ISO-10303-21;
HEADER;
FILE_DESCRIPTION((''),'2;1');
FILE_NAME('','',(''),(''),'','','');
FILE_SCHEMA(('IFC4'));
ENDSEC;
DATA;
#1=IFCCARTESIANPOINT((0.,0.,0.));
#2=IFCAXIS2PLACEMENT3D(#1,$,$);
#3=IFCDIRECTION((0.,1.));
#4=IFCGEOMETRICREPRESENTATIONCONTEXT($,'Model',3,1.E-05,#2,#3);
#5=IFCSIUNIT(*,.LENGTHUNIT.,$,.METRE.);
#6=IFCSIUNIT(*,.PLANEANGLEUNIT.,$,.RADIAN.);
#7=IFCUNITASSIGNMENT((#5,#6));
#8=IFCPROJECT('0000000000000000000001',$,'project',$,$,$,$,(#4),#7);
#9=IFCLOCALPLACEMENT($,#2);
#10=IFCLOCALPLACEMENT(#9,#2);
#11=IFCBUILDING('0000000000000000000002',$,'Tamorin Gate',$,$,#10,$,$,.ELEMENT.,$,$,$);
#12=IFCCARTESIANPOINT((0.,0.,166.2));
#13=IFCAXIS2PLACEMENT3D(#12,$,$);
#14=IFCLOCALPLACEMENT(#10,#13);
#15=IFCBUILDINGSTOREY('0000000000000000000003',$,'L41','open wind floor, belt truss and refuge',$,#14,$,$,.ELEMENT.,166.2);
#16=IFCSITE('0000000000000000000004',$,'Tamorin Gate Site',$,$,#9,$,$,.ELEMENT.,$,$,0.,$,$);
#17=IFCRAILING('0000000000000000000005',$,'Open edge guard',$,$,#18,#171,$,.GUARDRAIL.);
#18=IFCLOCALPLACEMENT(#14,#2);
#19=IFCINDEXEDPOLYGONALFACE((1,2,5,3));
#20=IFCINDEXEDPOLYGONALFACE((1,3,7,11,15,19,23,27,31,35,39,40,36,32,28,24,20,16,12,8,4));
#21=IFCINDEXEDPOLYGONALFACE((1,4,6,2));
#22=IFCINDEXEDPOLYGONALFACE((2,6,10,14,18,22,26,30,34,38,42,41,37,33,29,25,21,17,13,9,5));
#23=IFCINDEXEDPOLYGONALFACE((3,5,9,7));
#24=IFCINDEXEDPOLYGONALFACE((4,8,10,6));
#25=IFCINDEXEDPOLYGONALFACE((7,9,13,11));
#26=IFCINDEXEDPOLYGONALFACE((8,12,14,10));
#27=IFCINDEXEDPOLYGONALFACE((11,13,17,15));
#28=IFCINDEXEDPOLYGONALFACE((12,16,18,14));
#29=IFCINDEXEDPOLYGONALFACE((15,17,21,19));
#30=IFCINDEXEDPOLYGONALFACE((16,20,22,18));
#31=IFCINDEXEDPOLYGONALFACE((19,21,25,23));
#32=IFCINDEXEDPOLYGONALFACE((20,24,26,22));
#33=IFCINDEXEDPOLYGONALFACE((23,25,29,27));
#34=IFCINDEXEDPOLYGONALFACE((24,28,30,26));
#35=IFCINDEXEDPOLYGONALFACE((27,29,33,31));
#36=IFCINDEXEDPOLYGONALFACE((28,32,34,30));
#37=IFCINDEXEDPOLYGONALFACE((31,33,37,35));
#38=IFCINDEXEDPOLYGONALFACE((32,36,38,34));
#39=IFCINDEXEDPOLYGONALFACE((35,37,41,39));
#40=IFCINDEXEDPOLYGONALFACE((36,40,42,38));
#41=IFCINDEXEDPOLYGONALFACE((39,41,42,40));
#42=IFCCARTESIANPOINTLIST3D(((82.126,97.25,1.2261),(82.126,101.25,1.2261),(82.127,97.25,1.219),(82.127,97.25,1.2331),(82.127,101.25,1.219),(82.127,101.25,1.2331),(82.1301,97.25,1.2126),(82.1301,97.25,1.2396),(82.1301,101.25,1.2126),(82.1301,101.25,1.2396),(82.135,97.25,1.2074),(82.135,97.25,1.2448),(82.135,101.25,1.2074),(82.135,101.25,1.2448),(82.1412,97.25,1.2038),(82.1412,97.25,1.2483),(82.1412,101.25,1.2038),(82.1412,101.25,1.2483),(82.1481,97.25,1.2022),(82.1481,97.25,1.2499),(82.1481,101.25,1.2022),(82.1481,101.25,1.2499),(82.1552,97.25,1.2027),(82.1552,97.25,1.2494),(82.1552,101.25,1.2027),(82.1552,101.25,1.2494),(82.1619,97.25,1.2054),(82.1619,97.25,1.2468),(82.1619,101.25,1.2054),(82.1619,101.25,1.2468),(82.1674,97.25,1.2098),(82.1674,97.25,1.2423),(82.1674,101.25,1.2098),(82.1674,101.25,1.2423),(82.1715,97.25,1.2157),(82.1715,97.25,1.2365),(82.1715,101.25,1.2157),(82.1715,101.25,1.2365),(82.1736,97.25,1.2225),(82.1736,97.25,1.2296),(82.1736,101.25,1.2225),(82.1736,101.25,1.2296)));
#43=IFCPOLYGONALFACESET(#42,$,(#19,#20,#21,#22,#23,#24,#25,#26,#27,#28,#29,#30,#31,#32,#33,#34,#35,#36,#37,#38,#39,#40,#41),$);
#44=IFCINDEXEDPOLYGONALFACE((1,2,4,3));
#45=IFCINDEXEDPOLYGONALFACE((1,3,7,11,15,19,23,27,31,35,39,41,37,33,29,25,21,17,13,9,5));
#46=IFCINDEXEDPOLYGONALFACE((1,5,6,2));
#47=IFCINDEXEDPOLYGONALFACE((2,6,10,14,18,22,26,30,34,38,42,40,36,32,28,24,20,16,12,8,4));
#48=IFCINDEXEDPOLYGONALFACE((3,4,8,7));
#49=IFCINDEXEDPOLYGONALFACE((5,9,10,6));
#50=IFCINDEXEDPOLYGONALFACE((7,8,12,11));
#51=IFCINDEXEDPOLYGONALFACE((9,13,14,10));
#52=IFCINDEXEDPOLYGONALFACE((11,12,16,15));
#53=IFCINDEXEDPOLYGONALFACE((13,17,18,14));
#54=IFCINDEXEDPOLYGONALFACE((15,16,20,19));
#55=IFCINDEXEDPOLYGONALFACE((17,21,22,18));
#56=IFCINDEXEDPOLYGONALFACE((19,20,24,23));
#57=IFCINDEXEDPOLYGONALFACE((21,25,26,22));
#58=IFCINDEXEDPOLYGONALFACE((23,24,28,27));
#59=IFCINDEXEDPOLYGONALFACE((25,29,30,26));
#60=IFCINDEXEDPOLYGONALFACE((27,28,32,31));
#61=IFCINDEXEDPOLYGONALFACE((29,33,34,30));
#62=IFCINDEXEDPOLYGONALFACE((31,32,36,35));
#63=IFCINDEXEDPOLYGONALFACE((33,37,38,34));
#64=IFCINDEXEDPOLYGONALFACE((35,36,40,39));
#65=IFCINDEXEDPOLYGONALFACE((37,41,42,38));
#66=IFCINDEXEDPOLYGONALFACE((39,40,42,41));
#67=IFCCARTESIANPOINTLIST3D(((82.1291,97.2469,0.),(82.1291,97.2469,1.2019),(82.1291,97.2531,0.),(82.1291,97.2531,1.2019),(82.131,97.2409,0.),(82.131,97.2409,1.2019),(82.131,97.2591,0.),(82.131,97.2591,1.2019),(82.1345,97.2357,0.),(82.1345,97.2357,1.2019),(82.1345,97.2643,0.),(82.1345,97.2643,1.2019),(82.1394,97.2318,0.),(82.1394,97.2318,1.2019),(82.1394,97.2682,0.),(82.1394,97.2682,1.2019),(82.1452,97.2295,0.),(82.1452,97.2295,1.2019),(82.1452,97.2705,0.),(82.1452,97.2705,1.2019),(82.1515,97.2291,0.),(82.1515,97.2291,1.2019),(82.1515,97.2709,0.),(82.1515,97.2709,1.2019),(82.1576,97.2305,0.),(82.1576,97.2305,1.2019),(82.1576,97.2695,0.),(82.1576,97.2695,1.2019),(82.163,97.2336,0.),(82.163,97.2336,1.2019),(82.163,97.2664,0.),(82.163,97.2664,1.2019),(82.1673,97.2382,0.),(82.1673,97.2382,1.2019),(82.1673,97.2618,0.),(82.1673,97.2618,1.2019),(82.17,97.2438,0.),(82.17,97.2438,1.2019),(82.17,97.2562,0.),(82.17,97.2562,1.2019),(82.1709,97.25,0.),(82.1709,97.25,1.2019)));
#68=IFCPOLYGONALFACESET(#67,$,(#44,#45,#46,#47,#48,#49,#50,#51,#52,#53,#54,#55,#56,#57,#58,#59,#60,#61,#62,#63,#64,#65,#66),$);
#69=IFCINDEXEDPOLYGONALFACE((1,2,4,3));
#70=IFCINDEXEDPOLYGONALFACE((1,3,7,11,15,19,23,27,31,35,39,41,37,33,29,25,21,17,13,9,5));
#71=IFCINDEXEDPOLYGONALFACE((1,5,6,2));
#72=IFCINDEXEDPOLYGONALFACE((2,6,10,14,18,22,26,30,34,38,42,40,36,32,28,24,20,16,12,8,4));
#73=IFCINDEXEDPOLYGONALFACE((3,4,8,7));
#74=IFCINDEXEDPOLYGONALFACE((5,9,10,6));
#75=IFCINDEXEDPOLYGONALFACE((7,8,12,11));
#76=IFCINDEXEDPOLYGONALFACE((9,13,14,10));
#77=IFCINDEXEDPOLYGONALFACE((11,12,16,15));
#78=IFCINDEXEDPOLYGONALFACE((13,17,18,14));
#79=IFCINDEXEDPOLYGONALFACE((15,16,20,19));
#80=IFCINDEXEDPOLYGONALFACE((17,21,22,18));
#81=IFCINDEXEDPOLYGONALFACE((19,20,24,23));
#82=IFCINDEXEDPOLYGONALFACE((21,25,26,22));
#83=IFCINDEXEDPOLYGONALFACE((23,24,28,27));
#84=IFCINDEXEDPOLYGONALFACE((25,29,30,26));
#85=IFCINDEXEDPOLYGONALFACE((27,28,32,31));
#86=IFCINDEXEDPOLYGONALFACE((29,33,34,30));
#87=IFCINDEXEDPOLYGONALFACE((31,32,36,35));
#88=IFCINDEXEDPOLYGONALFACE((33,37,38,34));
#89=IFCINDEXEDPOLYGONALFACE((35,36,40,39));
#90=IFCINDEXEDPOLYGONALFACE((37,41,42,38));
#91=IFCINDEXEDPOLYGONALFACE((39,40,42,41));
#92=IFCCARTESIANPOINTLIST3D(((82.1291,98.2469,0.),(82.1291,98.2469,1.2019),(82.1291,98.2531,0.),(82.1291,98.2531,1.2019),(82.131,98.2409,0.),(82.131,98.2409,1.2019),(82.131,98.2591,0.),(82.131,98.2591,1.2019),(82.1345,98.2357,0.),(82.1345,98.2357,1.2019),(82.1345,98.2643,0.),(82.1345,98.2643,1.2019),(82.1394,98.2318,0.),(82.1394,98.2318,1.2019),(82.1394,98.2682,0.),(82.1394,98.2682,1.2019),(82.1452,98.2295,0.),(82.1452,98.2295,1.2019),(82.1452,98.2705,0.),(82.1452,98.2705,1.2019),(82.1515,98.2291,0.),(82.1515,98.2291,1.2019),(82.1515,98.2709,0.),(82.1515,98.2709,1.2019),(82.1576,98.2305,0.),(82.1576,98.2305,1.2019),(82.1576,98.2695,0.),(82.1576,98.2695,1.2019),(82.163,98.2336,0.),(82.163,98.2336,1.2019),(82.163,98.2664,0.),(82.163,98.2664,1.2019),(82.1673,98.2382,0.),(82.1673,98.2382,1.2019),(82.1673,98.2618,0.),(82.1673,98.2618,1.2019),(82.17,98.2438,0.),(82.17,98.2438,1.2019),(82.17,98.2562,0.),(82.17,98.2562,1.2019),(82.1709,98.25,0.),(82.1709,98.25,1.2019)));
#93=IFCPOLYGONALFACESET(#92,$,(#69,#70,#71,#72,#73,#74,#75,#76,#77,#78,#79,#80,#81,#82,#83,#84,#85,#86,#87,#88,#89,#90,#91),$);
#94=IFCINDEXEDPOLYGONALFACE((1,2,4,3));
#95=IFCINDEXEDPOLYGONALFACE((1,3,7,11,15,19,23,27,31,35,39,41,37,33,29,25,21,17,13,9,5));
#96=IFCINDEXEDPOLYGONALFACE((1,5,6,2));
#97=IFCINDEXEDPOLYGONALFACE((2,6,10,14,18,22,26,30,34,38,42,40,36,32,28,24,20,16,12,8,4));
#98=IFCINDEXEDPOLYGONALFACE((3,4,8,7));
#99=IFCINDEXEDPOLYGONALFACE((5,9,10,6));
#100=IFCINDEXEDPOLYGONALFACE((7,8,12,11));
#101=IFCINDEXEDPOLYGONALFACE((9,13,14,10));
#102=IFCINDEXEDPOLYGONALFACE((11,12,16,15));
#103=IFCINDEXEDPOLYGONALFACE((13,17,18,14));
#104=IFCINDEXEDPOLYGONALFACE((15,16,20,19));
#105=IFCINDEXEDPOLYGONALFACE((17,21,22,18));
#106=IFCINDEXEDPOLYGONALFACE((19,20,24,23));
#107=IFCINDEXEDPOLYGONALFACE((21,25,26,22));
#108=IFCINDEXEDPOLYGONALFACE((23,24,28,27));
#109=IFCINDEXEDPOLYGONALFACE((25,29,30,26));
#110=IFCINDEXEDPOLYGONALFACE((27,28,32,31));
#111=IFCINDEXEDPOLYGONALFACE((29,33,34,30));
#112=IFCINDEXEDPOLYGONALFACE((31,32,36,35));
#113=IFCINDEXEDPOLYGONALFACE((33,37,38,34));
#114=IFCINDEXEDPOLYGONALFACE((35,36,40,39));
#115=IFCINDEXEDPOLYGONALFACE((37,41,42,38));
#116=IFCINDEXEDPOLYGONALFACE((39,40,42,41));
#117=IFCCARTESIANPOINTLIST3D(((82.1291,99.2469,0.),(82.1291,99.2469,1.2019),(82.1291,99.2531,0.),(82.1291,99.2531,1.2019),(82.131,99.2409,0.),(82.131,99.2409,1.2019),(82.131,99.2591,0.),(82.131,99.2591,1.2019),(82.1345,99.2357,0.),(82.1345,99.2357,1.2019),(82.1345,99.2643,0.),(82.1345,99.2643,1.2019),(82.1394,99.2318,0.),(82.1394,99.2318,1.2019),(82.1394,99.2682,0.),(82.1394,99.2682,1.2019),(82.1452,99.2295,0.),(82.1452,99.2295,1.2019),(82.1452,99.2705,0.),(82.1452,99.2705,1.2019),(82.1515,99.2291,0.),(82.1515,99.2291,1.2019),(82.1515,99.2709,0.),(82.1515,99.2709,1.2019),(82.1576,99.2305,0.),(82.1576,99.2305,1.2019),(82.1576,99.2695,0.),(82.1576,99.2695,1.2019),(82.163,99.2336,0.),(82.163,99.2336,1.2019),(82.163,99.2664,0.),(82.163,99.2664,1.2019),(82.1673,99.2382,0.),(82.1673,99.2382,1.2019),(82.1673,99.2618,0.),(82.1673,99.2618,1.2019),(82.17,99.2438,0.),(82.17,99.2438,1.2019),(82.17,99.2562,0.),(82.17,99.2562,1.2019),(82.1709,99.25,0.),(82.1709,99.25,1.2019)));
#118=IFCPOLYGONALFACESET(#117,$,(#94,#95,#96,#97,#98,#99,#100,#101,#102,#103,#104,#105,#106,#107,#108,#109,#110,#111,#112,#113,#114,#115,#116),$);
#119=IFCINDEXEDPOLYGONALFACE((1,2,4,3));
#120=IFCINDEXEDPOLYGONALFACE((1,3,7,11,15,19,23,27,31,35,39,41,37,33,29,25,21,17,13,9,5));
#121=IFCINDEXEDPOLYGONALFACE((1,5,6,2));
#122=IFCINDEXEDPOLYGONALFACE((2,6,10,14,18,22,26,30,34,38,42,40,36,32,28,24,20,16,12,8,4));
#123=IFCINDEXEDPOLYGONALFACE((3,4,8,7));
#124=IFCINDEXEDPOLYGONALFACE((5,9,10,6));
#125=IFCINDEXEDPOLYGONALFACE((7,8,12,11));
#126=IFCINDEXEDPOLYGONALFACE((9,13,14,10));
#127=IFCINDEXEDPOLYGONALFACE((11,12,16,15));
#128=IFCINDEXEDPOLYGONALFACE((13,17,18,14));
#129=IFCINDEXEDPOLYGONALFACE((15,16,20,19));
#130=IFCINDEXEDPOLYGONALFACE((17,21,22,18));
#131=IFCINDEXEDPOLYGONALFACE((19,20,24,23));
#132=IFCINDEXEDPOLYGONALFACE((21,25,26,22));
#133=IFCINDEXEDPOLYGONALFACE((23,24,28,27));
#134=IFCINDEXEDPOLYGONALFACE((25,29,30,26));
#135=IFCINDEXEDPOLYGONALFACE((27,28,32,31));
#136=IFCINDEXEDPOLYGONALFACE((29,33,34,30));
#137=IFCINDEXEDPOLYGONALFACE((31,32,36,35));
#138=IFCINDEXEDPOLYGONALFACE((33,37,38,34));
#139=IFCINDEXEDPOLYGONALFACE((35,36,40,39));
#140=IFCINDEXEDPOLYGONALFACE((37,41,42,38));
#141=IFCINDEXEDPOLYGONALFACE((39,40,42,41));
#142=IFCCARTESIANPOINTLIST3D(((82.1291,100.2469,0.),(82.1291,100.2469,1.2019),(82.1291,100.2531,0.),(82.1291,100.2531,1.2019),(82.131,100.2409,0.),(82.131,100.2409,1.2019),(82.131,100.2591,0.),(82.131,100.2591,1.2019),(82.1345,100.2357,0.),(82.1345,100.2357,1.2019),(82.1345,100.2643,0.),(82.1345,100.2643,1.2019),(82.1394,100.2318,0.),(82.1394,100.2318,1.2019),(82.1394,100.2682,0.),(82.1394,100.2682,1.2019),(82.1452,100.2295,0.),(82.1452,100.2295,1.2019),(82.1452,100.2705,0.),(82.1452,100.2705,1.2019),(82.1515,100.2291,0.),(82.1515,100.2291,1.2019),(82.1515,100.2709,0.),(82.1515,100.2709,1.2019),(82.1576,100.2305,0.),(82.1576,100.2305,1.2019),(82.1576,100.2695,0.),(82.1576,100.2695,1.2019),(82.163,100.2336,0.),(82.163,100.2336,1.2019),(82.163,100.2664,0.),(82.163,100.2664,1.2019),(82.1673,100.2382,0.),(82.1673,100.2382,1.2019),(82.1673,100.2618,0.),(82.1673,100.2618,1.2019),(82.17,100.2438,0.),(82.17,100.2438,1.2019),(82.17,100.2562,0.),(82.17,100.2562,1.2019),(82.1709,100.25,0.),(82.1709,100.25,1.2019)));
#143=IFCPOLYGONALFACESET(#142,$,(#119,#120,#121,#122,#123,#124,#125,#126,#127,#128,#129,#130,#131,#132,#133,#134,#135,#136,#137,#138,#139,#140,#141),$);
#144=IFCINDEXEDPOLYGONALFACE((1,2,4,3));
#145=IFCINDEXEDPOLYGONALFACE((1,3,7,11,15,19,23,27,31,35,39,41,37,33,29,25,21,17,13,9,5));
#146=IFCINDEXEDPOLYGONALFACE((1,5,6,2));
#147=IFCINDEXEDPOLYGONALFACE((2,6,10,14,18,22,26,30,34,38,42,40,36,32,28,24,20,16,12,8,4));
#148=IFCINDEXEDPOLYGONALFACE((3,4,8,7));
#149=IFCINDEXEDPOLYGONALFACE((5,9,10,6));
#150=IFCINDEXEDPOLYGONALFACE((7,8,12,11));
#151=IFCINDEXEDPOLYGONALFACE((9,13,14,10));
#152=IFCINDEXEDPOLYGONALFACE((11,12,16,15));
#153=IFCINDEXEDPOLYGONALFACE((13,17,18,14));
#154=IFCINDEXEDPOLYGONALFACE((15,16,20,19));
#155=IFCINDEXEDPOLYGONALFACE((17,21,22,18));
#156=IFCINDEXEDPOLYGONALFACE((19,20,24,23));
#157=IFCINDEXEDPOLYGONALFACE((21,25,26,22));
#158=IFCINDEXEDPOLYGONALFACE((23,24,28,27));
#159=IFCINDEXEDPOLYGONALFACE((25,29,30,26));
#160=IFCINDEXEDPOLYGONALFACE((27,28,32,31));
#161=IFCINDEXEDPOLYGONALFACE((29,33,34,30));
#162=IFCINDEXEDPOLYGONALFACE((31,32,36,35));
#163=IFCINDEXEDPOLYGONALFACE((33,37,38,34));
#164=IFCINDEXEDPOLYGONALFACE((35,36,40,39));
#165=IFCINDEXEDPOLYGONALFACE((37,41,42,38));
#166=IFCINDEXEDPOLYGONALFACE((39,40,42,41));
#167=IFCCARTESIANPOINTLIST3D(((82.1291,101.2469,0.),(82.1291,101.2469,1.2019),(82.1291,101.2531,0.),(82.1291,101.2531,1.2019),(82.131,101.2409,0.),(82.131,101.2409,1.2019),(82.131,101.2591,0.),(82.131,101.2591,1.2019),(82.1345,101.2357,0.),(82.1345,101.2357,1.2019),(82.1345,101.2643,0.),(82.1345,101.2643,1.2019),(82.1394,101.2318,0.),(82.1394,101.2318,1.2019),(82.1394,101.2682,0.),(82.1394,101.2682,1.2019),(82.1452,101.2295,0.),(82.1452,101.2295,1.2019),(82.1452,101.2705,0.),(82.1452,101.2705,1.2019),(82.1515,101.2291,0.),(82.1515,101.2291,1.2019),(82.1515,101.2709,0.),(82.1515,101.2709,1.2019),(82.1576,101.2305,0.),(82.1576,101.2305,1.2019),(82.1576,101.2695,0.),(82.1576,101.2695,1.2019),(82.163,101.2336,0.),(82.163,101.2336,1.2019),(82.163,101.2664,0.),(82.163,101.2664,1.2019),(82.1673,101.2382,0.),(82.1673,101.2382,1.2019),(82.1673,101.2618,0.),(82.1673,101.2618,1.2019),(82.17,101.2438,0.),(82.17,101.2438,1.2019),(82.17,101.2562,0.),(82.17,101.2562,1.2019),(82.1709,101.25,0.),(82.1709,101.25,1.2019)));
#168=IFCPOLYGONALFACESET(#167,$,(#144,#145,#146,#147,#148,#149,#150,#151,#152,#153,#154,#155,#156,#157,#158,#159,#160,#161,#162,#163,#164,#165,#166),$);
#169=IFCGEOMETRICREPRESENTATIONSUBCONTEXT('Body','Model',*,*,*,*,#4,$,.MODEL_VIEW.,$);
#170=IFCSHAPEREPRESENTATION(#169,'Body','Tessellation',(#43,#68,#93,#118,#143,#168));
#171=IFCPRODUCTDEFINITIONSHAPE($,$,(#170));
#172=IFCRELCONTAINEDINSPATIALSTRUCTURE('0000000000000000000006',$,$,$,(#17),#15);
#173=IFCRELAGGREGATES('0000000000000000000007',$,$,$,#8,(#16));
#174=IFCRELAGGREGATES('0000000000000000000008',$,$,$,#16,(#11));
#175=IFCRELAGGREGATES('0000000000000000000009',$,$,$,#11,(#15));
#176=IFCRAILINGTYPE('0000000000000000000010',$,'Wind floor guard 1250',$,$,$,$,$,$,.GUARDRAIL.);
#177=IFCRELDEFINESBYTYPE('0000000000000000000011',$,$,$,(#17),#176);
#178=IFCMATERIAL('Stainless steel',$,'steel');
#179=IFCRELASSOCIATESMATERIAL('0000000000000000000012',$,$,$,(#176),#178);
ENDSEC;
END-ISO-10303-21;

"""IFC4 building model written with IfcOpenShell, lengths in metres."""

from ifc_helpers import new_model, si_unit, direction, frame, origin, origin_2d, place, context, subcontext, project, spatial, circle, extrude, material, type_object, element, save


model = new_model("IFC4")

# Units and contexts
model_context = context("Model", 3, precision=1e-05, world=origin(), true_north=direction((0.0, 1.0)))
body_context = subcontext(model_context, "Body", "Model", "MODEL_VIEW")
ifc_project = project(units=[si_unit("LENGTHUNIT", "METRE"), si_unit("PLANEANGLEUNIT", "RADIAN")], contexts=[model_context])

# Site, building, storey
site_placement = place(None, origin())
site = spatial("IfcSite", under=ifc_project, at=site_placement, Name="Tamorin Gate Site", CompositionType="ELEMENT", RefElevation=0.0)
building_placement = place(site_placement, origin())
building = spatial("IfcBuilding", under=site, at=building_placement, Name="Tamorin Gate", CompositionType="ELEMENT")
storey_placement = place(building_placement, frame((0.0, 0.0, 166.2)))
storey = spatial("IfcBuildingStorey", under=building, at=storey_placement, Name="L41", Description="open wind floor, belt truss and refuge", CompositionType="ELEMENT", Elevation=166.2)

# Railing
ifc_material_1 = material(Name="Stainless steel", Category="steel")
railing_type = type_object("IfcRailingType", Name="Wind floor guard 1250", PredefinedType="GUARDRAIL", material=ifc_material_1)
railing_1_placement = place(storey_placement, frame((82.1499, 97.25, 0.0)))
element("IfcRailing", 1, at=railing_1_placement, inside=storey, type_object=railing_type, Name="Open edge guard", PredefinedType="GUARDRAIL", context=body_context, shape_type="SweptSolid", body=[
    extrude(circle(Radius=0.0239, at=origin_2d()), frame((0.0, 0.0, 1.2261), z_axis=(0.0, 1.0, 0.0), x_axis=(-1.0, 0.0, 0.0)), (0.0, 0.0, 1.0), 4.0),
    extrude(circle(Radius=0.021, at=origin_2d()), origin(), (0.0, 0.0, 1.0), 1.2019),
    extrude(circle(Radius=0.021, at=origin_2d()), frame((0.0, 1.0, 0.0)), (0.0, 0.0, 1.0), 1.2019),
    extrude(circle(Radius=0.021, at=origin_2d()), frame((0.0, 2.0, 0.0)), (0.0, 0.0, 1.0), 1.2019),
    extrude(circle(Radius=0.021, at=origin_2d()), frame((0.0, 3.0, 0.0)), (0.0, 0.0, 1.0), 1.2019),
    extrude(circle(Radius=0.021, at=origin_2d()), frame((0.0, 4.0, 0.0)), (0.0, 0.0, 1.0), 1.2019),
])

save(model, "model.ifc")
